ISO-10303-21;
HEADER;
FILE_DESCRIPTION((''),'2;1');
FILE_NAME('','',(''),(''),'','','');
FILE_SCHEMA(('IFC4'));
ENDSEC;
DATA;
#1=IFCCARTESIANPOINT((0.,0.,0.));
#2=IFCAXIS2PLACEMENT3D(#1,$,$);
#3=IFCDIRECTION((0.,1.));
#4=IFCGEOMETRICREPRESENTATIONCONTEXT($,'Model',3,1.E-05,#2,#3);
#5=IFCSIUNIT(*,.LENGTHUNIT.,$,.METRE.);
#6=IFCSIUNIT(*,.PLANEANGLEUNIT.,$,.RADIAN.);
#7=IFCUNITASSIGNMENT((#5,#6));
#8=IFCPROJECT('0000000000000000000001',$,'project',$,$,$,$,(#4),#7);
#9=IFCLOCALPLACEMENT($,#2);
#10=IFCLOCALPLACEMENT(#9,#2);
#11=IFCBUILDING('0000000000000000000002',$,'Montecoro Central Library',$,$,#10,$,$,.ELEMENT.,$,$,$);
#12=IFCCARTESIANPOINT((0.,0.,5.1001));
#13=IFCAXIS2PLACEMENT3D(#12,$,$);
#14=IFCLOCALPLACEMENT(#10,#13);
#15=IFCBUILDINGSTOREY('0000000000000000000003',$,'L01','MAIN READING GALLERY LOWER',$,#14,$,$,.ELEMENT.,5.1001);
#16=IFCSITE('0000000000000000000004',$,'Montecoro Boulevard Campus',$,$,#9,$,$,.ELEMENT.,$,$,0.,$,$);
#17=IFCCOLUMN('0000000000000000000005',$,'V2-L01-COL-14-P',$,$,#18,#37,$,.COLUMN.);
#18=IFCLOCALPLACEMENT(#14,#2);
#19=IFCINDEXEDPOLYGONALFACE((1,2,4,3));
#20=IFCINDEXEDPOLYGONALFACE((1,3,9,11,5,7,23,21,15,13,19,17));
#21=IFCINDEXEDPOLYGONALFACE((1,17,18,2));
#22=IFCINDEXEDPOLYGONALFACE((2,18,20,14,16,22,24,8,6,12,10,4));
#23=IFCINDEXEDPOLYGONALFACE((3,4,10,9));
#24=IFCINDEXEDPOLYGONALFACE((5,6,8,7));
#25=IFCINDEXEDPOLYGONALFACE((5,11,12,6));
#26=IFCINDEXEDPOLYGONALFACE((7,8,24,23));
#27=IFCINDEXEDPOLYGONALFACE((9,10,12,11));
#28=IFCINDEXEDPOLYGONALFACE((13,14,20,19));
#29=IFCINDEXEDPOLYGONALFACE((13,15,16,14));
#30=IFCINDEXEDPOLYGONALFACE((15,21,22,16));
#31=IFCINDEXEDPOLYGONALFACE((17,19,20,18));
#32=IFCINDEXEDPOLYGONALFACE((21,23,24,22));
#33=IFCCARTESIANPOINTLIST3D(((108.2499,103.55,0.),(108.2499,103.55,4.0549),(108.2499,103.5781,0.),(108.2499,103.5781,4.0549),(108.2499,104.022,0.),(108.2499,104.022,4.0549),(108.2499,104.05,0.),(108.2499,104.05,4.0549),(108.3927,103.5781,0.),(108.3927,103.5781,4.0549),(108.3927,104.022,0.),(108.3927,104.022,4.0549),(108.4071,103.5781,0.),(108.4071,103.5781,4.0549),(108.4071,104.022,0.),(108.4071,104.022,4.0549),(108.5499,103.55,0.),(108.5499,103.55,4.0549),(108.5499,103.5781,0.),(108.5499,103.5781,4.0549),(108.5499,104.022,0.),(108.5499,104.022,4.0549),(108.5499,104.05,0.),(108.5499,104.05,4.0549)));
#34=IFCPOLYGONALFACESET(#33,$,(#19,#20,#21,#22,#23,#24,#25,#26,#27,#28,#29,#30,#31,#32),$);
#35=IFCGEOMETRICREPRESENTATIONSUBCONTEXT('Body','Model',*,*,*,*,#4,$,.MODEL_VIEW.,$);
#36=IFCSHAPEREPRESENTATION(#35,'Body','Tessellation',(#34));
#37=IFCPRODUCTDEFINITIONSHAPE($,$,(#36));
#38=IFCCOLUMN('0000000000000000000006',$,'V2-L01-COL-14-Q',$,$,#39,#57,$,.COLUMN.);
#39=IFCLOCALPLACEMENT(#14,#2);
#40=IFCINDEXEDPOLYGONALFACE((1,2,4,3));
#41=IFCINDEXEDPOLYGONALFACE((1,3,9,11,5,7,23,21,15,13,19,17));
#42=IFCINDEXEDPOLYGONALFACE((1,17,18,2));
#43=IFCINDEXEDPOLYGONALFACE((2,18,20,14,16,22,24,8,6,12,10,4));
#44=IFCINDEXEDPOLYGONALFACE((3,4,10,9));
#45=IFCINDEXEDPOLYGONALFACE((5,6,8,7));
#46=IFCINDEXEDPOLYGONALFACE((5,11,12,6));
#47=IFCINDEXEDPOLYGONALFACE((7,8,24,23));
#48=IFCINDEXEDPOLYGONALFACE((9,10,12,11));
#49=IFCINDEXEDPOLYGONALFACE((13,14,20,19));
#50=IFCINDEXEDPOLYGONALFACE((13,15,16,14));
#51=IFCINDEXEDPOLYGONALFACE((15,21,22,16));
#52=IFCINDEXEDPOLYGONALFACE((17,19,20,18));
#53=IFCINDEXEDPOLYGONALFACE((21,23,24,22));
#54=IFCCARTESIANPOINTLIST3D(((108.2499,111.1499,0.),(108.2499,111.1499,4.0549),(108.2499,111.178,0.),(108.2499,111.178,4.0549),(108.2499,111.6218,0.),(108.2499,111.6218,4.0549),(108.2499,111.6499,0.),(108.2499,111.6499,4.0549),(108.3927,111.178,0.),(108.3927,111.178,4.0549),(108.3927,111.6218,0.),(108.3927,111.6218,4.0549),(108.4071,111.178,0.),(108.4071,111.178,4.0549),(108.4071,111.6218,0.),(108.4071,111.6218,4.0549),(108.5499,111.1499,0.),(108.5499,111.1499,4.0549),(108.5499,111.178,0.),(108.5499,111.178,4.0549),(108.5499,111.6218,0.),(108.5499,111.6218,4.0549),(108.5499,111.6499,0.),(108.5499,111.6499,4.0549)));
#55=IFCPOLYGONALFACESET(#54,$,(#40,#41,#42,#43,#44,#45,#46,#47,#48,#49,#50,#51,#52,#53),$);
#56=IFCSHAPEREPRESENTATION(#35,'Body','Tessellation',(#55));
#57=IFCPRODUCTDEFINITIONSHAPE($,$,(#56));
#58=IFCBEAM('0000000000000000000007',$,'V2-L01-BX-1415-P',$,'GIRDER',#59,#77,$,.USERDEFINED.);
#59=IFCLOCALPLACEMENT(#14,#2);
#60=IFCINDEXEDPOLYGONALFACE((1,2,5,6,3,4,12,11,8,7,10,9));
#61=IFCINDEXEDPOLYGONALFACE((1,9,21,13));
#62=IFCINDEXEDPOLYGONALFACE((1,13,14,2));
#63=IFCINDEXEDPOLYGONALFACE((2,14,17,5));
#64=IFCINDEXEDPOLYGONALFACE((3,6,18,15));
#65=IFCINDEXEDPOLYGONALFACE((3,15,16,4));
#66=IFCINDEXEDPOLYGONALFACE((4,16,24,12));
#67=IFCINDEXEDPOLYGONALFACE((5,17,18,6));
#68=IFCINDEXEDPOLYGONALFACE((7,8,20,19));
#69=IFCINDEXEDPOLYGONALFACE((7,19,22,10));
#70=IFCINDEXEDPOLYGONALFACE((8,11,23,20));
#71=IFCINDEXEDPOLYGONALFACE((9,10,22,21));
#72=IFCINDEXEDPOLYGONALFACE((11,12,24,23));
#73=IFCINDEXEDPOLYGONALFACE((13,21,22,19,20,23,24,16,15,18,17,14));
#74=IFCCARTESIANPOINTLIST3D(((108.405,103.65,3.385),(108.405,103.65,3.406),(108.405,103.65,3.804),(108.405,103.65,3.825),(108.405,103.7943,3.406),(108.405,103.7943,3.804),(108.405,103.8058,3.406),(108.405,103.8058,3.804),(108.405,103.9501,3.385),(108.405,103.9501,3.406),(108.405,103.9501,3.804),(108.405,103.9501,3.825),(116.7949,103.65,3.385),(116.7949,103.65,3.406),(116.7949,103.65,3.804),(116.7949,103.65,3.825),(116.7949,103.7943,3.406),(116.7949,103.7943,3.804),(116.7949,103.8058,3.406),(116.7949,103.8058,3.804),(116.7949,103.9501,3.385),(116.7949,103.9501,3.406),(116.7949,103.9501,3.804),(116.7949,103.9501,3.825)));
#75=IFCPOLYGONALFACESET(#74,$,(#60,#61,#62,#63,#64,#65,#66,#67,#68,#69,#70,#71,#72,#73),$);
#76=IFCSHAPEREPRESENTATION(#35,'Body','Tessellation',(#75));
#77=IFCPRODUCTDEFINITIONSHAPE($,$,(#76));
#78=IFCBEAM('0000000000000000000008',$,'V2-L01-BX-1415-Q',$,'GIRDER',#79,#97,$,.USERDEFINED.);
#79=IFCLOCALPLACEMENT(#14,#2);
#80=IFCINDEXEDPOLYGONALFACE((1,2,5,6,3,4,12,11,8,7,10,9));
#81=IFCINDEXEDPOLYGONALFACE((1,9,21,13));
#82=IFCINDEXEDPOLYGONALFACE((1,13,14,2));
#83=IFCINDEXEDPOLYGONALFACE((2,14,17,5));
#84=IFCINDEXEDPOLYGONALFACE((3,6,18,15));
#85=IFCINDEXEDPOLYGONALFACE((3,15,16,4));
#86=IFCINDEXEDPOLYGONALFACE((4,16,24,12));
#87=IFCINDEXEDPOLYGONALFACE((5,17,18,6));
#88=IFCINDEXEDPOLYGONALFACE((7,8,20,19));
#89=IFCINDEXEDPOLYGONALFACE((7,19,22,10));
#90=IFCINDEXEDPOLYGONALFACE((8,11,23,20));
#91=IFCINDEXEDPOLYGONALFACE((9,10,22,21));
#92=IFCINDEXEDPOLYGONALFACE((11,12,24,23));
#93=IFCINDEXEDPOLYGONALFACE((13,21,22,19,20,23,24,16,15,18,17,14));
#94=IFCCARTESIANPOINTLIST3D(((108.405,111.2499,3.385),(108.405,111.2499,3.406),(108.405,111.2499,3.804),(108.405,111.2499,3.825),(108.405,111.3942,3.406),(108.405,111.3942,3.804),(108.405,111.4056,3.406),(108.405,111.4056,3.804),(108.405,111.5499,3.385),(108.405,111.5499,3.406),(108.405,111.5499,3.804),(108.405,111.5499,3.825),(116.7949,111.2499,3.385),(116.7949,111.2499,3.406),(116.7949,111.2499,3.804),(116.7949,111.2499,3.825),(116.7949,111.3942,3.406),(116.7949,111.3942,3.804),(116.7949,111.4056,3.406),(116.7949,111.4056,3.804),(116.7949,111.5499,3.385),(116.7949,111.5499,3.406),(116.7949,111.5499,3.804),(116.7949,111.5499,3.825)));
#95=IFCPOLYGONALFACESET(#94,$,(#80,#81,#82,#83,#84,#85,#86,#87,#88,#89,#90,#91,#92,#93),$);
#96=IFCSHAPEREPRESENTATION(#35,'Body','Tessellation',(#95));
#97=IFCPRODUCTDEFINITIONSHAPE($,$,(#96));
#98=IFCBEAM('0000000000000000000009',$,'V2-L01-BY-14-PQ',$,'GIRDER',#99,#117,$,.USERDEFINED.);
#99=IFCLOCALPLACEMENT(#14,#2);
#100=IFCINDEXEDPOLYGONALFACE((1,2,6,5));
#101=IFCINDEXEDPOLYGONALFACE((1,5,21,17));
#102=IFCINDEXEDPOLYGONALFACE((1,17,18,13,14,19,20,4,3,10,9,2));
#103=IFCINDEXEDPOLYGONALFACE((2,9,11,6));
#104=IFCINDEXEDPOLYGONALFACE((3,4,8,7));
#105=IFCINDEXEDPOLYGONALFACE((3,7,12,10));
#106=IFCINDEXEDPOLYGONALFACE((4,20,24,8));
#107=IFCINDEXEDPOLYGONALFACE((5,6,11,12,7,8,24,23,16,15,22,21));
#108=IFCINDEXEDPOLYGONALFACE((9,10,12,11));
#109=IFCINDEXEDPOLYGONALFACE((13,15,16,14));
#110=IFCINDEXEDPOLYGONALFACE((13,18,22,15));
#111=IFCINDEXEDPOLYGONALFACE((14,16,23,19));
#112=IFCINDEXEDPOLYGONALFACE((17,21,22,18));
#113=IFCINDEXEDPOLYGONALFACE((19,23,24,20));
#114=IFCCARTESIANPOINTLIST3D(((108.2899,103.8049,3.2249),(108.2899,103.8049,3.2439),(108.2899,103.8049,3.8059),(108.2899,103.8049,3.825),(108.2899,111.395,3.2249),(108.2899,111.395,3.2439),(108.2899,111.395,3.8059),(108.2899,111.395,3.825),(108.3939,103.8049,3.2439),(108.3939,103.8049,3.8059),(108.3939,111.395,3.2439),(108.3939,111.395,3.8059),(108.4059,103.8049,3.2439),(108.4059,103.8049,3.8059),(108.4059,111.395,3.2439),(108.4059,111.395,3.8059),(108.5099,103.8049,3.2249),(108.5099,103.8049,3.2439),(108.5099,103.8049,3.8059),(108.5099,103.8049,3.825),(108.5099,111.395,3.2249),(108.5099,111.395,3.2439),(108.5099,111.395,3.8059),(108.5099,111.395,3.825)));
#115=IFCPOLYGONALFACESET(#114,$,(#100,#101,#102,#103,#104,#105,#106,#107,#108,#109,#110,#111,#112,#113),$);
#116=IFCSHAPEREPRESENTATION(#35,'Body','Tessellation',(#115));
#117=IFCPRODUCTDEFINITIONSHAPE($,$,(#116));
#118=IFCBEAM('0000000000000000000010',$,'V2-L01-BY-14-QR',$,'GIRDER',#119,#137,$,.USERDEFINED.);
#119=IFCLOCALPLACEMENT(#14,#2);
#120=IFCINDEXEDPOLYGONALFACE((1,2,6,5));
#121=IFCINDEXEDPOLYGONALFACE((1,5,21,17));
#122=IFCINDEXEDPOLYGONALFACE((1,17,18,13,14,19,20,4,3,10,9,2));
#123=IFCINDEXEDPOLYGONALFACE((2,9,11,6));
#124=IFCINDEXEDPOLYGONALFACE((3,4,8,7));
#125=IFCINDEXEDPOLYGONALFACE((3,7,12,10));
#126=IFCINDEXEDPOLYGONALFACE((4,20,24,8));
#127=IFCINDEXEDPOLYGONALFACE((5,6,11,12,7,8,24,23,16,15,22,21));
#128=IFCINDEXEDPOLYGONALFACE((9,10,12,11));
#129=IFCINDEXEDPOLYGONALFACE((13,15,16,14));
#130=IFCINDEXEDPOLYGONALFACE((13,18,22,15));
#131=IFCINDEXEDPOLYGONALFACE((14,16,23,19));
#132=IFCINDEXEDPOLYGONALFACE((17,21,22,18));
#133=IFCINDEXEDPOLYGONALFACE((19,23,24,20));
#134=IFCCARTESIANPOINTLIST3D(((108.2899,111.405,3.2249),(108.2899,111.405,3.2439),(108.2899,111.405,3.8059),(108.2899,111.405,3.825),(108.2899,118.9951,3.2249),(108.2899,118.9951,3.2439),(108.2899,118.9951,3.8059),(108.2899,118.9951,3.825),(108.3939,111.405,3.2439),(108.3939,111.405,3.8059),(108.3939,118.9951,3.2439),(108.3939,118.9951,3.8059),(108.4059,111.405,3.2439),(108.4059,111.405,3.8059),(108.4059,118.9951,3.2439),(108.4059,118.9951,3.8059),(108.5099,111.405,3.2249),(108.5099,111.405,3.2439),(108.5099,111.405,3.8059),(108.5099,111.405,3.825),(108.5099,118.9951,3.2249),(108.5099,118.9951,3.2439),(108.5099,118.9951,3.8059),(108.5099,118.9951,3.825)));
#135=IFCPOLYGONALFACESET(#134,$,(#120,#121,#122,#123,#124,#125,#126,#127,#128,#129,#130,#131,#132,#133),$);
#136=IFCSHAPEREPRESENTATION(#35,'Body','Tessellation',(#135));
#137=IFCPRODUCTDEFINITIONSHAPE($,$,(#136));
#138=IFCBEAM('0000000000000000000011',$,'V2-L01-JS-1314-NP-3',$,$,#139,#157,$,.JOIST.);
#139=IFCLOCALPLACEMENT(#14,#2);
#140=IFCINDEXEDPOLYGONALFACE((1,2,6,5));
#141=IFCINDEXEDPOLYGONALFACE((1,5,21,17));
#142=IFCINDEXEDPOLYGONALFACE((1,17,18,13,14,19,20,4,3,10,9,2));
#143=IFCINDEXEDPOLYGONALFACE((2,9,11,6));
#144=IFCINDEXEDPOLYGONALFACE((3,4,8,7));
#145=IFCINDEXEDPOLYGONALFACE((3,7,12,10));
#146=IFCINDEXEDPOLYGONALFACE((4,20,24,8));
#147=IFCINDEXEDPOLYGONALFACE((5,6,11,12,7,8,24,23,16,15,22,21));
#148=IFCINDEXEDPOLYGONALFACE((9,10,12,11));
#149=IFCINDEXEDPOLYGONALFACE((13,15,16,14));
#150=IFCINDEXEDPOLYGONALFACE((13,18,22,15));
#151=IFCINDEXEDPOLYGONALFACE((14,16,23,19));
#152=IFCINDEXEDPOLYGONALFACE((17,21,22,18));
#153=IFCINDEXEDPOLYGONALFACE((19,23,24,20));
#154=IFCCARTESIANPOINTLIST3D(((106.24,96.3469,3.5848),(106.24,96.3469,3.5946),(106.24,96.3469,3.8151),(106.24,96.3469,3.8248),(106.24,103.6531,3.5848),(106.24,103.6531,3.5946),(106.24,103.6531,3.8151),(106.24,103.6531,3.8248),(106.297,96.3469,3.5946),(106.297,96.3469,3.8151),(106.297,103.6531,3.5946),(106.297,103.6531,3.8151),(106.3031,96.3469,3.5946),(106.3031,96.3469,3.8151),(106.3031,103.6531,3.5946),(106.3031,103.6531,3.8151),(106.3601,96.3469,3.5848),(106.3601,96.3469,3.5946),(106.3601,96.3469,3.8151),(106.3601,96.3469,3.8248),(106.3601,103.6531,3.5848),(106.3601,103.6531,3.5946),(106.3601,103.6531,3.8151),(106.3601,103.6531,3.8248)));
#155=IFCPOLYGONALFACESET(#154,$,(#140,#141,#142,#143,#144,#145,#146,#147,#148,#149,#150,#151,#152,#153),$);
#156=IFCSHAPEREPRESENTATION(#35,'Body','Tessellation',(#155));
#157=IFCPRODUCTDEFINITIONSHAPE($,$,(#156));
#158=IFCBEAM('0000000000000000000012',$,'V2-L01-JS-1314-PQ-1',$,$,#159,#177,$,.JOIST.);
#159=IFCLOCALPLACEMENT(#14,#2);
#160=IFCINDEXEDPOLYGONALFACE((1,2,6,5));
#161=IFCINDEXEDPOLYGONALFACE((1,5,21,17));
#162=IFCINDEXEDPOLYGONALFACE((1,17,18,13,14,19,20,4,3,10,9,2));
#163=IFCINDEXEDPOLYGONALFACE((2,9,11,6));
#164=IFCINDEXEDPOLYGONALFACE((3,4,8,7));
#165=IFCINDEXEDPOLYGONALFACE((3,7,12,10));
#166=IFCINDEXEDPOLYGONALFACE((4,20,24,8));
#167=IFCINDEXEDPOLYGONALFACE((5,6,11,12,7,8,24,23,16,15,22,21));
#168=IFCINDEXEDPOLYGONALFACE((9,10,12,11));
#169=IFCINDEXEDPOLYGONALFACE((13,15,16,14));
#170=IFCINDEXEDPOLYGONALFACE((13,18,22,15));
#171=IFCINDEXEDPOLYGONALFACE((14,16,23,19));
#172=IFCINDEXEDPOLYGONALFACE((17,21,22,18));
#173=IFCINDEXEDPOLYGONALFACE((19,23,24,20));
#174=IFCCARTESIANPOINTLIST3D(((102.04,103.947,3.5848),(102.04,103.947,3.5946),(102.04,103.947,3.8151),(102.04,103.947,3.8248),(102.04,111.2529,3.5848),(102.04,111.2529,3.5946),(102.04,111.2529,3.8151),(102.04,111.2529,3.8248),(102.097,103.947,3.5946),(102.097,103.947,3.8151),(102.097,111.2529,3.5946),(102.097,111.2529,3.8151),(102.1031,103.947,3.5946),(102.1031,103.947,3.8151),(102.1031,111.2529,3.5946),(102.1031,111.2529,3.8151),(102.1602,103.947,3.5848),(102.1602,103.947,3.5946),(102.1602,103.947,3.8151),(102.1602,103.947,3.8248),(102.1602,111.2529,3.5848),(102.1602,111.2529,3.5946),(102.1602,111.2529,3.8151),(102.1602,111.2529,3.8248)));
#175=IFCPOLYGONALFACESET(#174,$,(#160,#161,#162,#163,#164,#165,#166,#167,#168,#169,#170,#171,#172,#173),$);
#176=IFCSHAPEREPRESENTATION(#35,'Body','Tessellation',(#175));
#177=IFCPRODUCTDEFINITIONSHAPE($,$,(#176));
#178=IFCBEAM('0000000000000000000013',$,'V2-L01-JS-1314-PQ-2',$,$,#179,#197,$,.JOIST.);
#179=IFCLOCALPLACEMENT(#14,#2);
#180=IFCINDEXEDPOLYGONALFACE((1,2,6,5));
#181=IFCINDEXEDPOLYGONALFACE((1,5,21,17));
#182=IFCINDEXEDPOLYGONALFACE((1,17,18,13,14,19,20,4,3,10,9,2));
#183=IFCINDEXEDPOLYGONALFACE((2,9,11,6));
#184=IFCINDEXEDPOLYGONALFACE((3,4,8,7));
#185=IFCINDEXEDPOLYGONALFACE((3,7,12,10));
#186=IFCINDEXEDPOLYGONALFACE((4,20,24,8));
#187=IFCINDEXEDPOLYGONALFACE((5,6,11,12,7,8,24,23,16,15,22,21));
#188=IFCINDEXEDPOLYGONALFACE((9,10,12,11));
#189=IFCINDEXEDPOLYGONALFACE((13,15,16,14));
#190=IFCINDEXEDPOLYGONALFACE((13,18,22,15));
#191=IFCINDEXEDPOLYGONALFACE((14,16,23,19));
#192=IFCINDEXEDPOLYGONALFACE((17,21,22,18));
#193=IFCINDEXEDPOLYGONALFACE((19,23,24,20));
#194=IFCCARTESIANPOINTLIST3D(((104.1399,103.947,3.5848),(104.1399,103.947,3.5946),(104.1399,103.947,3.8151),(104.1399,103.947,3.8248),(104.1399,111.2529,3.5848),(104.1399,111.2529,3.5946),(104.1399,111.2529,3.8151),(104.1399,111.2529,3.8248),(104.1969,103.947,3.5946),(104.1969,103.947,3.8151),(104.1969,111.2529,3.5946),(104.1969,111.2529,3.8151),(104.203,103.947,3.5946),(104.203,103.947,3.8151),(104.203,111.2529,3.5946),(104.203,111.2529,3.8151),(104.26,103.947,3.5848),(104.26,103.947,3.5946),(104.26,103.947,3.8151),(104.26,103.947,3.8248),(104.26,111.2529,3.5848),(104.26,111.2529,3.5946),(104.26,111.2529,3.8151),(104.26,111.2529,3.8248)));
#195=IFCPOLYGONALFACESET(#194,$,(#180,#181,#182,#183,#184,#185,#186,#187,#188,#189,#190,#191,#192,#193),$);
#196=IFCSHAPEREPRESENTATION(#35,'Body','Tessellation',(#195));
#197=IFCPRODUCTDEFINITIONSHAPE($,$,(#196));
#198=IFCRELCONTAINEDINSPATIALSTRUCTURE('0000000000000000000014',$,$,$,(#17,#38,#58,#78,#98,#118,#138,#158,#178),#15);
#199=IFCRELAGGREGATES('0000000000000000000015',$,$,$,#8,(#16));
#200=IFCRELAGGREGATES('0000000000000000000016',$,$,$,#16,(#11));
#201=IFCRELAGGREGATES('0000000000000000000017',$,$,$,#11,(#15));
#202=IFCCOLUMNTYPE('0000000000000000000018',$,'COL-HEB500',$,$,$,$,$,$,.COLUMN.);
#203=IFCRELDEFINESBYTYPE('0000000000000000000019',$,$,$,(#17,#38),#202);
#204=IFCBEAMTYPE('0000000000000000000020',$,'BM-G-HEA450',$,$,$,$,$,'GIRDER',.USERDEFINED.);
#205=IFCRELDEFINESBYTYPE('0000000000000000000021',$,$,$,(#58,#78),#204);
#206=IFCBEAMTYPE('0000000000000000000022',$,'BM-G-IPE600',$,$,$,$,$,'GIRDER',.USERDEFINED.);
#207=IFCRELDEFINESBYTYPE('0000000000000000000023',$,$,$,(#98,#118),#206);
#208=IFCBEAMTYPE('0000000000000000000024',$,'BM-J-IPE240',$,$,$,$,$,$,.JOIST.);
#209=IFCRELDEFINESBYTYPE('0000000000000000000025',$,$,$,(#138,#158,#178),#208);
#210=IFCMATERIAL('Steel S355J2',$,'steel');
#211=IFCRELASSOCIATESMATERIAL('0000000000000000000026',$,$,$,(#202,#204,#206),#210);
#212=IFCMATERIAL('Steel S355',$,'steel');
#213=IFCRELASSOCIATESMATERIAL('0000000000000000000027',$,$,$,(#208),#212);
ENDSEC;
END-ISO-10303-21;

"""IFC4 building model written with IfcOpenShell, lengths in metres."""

from ifc_helpers import new_model, si_unit, direction, frame, origin, origin_2d, place, context, subcontext, project, spatial, i_section, extrude, material, material_profile, profile_set, type_object, element, save


model = new_model("IFC4")

# Units and contexts
model_context = context("Model", 3, precision=1e-05, world=origin(), true_north=direction((0.0, 1.0)))
body_context = subcontext(model_context, "Body", "Model", "MODEL_VIEW")
ifc_project = project(units=[si_unit("LENGTHUNIT", "METRE"), si_unit("PLANEANGLEUNIT", "RADIAN")], contexts=[model_context])

# Site, building, storey
site_placement = place(None, origin())
site = spatial("IfcSite", under=ifc_project, at=site_placement, Name="Montecoro Boulevard Campus", CompositionType="ELEMENT", RefElevation=0.0)
building_placement = place(site_placement, origin())
building = spatial("IfcBuilding", under=site, at=building_placement, Name="Montecoro Central Library", CompositionType="ELEMENT")
storey_placement = place(building_placement, frame((0.0, 0.0, 5.1001)))
storey = spatial("IfcBuildingStorey", under=building, at=storey_placement, Name="L01", Description="MAIN READING GALLERY LOWER", CompositionType="ELEMENT", Elevation=5.1001)

# Columns
ifc_material_1 = material(Name="Steel S355J2", Category="steel")
ifc_material_profile_1 = material_profile(ifc_material_1, i_section(OverallWidth=0.3, OverallDepth=0.5, WebThickness=0.0144, FlangeThickness=0.0281, at=origin_2d()), Name="HEB 500")
ifc_profile_set_1 = profile_set([ifc_material_profile_1], Name="Steel S355J2")
column_type = type_object("IfcColumnType", Name="COL-HEB500", PredefinedType="COLUMN", material=ifc_profile_set_1)
for number, where, z_axis, x_axis, name in (
    (1, (108.3999, 103.8, 0.0), (0.0, 0.0, 1.0), (1.0, 0.0, 0.0), "V2-L01-COL-14-P"),
    (2, (108.3999, 111.3999, 0.0), (0.0, 0.0, 1.0), (1.0, 0.0, 0.0), "V2-L01-COL-14-Q"),
):
    element("IfcColumn", number, at=place(storey_placement, frame(where, z_axis=z_axis, x_axis=x_axis)), inside=storey, type_object=column_type, Name=name, PredefinedType="COLUMN", context=body_context, shape_type="SweptSolid", body=[
        extrude(i_section(OverallWidth=0.3, OverallDepth=0.5, WebThickness=0.0144, FlangeThickness=0.0281, at=origin_2d()), origin(), (0.0, 0.0, 1.0), 4.0549),
    ])

# Beams
ifc_material_profile_2 = material_profile(ifc_material_1, i_section(OverallWidth=0.3, OverallDepth=0.4399, WebThickness=0.0115, FlangeThickness=0.021, at=origin_2d()), Name="HEA 450")
ifc_profile_set_2 = profile_set([ifc_material_profile_2], Name="Steel S355J2")
beam_type_1 = type_object("IfcBeamType", Name="BM-G-HEA450", ElementType="GIRDER", PredefinedType="USERDEFINED", material=ifc_profile_set_2)
for number, where, z_axis, x_axis, name in (
    (3, (108.405, 103.8, 3.605), (1.0, 0.0, 0.0), (0.0, 1.0, 0.0), "V2-L01-BX-1415-P"),
    (4, (108.405, 111.3999, 3.605), (1.0, 0.0, 0.0), (0.0, 1.0, 0.0), "V2-L01-BX-1415-Q"),
):
    element("IfcBeam", number, at=place(storey_placement, frame(where, z_axis=z_axis, x_axis=x_axis)), inside=storey, type_object=beam_type_1, Name=name, ObjectType="GIRDER", PredefinedType="USERDEFINED", context=body_context, shape_type="SweptSolid", body=[
        extrude(i_section(OverallWidth=0.3, OverallDepth=0.4399, WebThickness=0.0115, FlangeThickness=0.021, at=origin_2d()), origin(), (0.0, 0.0, 1.0), 8.3899),
    ])
ifc_material_profile_3 = material_profile(ifc_material_1, i_section(OverallWidth=0.22, OverallDepth=0.6001, WebThickness=0.012, FlangeThickness=0.019, at=origin_2d()), Name="IPE 600")
ifc_profile_set_3 = profile_set([ifc_material_profile_3], Name="Steel S355J2")
beam_type_2 = type_object("IfcBeamType", Name="BM-G-IPE600", ElementType="GIRDER", PredefinedType="USERDEFINED", material=ifc_profile_set_3)
for number, where, z_axis, x_axis, name in (
    (5, (108.3999, 103.8049, 3.5249), (0.0, 1.0, 0.0), (-1.0, 0.0, 0.0), "V2-L01-BY-14-PQ"),
    (6, (108.3999, 111.405, 3.5249), (0.0, 1.0, 0.0), (-1.0, 0.0, 0.0), "V2-L01-BY-14-QR"),
):
    element("IfcBeam", number, at=place(storey_placement, frame(where, z_axis=z_axis, x_axis=x_axis)), inside=storey, type_object=beam_type_2, Name=name, ObjectType="GIRDER", PredefinedType="USERDEFINED", context=body_context, shape_type="SweptSolid", body=[
        extrude(i_section(OverallWidth=0.22, OverallDepth=0.6001, WebThickness=0.012, FlangeThickness=0.019, at=origin_2d()), origin(), (0.0, 0.0, 1.0), 7.5901),
    ])
ifc_material_2 = material(Name="Steel S355", Category="steel")
ifc_material_profile_4 = material_profile(ifc_material_2, i_section(OverallWidth=0.1201, OverallDepth=0.24, WebThickness=0.0061, FlangeThickness=0.0098, at=origin_2d()), Name="IPE 240")
ifc_profile_set_4 = profile_set([ifc_material_profile_4], Name="Steel S355")
beam_type_3 = type_object("IfcBeamType", Name="BM-J-IPE240", PredefinedType="JOIST", material=ifc_profile_set_4)
beam_placement = place(storey_placement, frame((106.3, 96.3469, 3.7048), z_axis=(0.0, 1.0, 0.0), x_axis=(-1.0, 0.0, 0.0)))
element("IfcBeam", 7, at=beam_placement, inside=storey, type_object=beam_type_3, Name="V2-L01-JS-1314-NP-3", PredefinedType="JOIST", context=body_context, shape_type="SweptSolid", body=[
    extrude(i_section(OverallWidth=0.1201, OverallDepth=0.24, WebThickness=0.0061, FlangeThickness=0.0098, at=origin_2d()), origin(), (0.0, 0.0, 1.0), 7.3062),
])
for number, where, z_axis, x_axis, name in (
    (8, (102.1001, 103.947, 3.7048), (0.0, 1.0, 0.0), (-1.0, 0.0, 0.0), "V2-L01-JS-1314-PQ-1"),
    (9, (104.2, 103.947, 3.7048), (0.0, 1.0, 0.0), (-1.0, 0.0, 0.0), "V2-L01-JS-1314-PQ-2"),
):
    element("IfcBeam", number, at=place(storey_placement, frame(where, z_axis=z_axis, x_axis=x_axis)), inside=storey, type_object=beam_type_3, Name=name, PredefinedType="JOIST", context=body_context, shape_type="SweptSolid", body=[
        extrude(i_section(OverallWidth=0.1201, OverallDepth=0.24, WebThickness=0.0061, FlangeThickness=0.0098, at=origin_2d()), origin(), (0.0, 0.0, 1.0), 7.3059),
    ])

save(model, "model.ifc")
